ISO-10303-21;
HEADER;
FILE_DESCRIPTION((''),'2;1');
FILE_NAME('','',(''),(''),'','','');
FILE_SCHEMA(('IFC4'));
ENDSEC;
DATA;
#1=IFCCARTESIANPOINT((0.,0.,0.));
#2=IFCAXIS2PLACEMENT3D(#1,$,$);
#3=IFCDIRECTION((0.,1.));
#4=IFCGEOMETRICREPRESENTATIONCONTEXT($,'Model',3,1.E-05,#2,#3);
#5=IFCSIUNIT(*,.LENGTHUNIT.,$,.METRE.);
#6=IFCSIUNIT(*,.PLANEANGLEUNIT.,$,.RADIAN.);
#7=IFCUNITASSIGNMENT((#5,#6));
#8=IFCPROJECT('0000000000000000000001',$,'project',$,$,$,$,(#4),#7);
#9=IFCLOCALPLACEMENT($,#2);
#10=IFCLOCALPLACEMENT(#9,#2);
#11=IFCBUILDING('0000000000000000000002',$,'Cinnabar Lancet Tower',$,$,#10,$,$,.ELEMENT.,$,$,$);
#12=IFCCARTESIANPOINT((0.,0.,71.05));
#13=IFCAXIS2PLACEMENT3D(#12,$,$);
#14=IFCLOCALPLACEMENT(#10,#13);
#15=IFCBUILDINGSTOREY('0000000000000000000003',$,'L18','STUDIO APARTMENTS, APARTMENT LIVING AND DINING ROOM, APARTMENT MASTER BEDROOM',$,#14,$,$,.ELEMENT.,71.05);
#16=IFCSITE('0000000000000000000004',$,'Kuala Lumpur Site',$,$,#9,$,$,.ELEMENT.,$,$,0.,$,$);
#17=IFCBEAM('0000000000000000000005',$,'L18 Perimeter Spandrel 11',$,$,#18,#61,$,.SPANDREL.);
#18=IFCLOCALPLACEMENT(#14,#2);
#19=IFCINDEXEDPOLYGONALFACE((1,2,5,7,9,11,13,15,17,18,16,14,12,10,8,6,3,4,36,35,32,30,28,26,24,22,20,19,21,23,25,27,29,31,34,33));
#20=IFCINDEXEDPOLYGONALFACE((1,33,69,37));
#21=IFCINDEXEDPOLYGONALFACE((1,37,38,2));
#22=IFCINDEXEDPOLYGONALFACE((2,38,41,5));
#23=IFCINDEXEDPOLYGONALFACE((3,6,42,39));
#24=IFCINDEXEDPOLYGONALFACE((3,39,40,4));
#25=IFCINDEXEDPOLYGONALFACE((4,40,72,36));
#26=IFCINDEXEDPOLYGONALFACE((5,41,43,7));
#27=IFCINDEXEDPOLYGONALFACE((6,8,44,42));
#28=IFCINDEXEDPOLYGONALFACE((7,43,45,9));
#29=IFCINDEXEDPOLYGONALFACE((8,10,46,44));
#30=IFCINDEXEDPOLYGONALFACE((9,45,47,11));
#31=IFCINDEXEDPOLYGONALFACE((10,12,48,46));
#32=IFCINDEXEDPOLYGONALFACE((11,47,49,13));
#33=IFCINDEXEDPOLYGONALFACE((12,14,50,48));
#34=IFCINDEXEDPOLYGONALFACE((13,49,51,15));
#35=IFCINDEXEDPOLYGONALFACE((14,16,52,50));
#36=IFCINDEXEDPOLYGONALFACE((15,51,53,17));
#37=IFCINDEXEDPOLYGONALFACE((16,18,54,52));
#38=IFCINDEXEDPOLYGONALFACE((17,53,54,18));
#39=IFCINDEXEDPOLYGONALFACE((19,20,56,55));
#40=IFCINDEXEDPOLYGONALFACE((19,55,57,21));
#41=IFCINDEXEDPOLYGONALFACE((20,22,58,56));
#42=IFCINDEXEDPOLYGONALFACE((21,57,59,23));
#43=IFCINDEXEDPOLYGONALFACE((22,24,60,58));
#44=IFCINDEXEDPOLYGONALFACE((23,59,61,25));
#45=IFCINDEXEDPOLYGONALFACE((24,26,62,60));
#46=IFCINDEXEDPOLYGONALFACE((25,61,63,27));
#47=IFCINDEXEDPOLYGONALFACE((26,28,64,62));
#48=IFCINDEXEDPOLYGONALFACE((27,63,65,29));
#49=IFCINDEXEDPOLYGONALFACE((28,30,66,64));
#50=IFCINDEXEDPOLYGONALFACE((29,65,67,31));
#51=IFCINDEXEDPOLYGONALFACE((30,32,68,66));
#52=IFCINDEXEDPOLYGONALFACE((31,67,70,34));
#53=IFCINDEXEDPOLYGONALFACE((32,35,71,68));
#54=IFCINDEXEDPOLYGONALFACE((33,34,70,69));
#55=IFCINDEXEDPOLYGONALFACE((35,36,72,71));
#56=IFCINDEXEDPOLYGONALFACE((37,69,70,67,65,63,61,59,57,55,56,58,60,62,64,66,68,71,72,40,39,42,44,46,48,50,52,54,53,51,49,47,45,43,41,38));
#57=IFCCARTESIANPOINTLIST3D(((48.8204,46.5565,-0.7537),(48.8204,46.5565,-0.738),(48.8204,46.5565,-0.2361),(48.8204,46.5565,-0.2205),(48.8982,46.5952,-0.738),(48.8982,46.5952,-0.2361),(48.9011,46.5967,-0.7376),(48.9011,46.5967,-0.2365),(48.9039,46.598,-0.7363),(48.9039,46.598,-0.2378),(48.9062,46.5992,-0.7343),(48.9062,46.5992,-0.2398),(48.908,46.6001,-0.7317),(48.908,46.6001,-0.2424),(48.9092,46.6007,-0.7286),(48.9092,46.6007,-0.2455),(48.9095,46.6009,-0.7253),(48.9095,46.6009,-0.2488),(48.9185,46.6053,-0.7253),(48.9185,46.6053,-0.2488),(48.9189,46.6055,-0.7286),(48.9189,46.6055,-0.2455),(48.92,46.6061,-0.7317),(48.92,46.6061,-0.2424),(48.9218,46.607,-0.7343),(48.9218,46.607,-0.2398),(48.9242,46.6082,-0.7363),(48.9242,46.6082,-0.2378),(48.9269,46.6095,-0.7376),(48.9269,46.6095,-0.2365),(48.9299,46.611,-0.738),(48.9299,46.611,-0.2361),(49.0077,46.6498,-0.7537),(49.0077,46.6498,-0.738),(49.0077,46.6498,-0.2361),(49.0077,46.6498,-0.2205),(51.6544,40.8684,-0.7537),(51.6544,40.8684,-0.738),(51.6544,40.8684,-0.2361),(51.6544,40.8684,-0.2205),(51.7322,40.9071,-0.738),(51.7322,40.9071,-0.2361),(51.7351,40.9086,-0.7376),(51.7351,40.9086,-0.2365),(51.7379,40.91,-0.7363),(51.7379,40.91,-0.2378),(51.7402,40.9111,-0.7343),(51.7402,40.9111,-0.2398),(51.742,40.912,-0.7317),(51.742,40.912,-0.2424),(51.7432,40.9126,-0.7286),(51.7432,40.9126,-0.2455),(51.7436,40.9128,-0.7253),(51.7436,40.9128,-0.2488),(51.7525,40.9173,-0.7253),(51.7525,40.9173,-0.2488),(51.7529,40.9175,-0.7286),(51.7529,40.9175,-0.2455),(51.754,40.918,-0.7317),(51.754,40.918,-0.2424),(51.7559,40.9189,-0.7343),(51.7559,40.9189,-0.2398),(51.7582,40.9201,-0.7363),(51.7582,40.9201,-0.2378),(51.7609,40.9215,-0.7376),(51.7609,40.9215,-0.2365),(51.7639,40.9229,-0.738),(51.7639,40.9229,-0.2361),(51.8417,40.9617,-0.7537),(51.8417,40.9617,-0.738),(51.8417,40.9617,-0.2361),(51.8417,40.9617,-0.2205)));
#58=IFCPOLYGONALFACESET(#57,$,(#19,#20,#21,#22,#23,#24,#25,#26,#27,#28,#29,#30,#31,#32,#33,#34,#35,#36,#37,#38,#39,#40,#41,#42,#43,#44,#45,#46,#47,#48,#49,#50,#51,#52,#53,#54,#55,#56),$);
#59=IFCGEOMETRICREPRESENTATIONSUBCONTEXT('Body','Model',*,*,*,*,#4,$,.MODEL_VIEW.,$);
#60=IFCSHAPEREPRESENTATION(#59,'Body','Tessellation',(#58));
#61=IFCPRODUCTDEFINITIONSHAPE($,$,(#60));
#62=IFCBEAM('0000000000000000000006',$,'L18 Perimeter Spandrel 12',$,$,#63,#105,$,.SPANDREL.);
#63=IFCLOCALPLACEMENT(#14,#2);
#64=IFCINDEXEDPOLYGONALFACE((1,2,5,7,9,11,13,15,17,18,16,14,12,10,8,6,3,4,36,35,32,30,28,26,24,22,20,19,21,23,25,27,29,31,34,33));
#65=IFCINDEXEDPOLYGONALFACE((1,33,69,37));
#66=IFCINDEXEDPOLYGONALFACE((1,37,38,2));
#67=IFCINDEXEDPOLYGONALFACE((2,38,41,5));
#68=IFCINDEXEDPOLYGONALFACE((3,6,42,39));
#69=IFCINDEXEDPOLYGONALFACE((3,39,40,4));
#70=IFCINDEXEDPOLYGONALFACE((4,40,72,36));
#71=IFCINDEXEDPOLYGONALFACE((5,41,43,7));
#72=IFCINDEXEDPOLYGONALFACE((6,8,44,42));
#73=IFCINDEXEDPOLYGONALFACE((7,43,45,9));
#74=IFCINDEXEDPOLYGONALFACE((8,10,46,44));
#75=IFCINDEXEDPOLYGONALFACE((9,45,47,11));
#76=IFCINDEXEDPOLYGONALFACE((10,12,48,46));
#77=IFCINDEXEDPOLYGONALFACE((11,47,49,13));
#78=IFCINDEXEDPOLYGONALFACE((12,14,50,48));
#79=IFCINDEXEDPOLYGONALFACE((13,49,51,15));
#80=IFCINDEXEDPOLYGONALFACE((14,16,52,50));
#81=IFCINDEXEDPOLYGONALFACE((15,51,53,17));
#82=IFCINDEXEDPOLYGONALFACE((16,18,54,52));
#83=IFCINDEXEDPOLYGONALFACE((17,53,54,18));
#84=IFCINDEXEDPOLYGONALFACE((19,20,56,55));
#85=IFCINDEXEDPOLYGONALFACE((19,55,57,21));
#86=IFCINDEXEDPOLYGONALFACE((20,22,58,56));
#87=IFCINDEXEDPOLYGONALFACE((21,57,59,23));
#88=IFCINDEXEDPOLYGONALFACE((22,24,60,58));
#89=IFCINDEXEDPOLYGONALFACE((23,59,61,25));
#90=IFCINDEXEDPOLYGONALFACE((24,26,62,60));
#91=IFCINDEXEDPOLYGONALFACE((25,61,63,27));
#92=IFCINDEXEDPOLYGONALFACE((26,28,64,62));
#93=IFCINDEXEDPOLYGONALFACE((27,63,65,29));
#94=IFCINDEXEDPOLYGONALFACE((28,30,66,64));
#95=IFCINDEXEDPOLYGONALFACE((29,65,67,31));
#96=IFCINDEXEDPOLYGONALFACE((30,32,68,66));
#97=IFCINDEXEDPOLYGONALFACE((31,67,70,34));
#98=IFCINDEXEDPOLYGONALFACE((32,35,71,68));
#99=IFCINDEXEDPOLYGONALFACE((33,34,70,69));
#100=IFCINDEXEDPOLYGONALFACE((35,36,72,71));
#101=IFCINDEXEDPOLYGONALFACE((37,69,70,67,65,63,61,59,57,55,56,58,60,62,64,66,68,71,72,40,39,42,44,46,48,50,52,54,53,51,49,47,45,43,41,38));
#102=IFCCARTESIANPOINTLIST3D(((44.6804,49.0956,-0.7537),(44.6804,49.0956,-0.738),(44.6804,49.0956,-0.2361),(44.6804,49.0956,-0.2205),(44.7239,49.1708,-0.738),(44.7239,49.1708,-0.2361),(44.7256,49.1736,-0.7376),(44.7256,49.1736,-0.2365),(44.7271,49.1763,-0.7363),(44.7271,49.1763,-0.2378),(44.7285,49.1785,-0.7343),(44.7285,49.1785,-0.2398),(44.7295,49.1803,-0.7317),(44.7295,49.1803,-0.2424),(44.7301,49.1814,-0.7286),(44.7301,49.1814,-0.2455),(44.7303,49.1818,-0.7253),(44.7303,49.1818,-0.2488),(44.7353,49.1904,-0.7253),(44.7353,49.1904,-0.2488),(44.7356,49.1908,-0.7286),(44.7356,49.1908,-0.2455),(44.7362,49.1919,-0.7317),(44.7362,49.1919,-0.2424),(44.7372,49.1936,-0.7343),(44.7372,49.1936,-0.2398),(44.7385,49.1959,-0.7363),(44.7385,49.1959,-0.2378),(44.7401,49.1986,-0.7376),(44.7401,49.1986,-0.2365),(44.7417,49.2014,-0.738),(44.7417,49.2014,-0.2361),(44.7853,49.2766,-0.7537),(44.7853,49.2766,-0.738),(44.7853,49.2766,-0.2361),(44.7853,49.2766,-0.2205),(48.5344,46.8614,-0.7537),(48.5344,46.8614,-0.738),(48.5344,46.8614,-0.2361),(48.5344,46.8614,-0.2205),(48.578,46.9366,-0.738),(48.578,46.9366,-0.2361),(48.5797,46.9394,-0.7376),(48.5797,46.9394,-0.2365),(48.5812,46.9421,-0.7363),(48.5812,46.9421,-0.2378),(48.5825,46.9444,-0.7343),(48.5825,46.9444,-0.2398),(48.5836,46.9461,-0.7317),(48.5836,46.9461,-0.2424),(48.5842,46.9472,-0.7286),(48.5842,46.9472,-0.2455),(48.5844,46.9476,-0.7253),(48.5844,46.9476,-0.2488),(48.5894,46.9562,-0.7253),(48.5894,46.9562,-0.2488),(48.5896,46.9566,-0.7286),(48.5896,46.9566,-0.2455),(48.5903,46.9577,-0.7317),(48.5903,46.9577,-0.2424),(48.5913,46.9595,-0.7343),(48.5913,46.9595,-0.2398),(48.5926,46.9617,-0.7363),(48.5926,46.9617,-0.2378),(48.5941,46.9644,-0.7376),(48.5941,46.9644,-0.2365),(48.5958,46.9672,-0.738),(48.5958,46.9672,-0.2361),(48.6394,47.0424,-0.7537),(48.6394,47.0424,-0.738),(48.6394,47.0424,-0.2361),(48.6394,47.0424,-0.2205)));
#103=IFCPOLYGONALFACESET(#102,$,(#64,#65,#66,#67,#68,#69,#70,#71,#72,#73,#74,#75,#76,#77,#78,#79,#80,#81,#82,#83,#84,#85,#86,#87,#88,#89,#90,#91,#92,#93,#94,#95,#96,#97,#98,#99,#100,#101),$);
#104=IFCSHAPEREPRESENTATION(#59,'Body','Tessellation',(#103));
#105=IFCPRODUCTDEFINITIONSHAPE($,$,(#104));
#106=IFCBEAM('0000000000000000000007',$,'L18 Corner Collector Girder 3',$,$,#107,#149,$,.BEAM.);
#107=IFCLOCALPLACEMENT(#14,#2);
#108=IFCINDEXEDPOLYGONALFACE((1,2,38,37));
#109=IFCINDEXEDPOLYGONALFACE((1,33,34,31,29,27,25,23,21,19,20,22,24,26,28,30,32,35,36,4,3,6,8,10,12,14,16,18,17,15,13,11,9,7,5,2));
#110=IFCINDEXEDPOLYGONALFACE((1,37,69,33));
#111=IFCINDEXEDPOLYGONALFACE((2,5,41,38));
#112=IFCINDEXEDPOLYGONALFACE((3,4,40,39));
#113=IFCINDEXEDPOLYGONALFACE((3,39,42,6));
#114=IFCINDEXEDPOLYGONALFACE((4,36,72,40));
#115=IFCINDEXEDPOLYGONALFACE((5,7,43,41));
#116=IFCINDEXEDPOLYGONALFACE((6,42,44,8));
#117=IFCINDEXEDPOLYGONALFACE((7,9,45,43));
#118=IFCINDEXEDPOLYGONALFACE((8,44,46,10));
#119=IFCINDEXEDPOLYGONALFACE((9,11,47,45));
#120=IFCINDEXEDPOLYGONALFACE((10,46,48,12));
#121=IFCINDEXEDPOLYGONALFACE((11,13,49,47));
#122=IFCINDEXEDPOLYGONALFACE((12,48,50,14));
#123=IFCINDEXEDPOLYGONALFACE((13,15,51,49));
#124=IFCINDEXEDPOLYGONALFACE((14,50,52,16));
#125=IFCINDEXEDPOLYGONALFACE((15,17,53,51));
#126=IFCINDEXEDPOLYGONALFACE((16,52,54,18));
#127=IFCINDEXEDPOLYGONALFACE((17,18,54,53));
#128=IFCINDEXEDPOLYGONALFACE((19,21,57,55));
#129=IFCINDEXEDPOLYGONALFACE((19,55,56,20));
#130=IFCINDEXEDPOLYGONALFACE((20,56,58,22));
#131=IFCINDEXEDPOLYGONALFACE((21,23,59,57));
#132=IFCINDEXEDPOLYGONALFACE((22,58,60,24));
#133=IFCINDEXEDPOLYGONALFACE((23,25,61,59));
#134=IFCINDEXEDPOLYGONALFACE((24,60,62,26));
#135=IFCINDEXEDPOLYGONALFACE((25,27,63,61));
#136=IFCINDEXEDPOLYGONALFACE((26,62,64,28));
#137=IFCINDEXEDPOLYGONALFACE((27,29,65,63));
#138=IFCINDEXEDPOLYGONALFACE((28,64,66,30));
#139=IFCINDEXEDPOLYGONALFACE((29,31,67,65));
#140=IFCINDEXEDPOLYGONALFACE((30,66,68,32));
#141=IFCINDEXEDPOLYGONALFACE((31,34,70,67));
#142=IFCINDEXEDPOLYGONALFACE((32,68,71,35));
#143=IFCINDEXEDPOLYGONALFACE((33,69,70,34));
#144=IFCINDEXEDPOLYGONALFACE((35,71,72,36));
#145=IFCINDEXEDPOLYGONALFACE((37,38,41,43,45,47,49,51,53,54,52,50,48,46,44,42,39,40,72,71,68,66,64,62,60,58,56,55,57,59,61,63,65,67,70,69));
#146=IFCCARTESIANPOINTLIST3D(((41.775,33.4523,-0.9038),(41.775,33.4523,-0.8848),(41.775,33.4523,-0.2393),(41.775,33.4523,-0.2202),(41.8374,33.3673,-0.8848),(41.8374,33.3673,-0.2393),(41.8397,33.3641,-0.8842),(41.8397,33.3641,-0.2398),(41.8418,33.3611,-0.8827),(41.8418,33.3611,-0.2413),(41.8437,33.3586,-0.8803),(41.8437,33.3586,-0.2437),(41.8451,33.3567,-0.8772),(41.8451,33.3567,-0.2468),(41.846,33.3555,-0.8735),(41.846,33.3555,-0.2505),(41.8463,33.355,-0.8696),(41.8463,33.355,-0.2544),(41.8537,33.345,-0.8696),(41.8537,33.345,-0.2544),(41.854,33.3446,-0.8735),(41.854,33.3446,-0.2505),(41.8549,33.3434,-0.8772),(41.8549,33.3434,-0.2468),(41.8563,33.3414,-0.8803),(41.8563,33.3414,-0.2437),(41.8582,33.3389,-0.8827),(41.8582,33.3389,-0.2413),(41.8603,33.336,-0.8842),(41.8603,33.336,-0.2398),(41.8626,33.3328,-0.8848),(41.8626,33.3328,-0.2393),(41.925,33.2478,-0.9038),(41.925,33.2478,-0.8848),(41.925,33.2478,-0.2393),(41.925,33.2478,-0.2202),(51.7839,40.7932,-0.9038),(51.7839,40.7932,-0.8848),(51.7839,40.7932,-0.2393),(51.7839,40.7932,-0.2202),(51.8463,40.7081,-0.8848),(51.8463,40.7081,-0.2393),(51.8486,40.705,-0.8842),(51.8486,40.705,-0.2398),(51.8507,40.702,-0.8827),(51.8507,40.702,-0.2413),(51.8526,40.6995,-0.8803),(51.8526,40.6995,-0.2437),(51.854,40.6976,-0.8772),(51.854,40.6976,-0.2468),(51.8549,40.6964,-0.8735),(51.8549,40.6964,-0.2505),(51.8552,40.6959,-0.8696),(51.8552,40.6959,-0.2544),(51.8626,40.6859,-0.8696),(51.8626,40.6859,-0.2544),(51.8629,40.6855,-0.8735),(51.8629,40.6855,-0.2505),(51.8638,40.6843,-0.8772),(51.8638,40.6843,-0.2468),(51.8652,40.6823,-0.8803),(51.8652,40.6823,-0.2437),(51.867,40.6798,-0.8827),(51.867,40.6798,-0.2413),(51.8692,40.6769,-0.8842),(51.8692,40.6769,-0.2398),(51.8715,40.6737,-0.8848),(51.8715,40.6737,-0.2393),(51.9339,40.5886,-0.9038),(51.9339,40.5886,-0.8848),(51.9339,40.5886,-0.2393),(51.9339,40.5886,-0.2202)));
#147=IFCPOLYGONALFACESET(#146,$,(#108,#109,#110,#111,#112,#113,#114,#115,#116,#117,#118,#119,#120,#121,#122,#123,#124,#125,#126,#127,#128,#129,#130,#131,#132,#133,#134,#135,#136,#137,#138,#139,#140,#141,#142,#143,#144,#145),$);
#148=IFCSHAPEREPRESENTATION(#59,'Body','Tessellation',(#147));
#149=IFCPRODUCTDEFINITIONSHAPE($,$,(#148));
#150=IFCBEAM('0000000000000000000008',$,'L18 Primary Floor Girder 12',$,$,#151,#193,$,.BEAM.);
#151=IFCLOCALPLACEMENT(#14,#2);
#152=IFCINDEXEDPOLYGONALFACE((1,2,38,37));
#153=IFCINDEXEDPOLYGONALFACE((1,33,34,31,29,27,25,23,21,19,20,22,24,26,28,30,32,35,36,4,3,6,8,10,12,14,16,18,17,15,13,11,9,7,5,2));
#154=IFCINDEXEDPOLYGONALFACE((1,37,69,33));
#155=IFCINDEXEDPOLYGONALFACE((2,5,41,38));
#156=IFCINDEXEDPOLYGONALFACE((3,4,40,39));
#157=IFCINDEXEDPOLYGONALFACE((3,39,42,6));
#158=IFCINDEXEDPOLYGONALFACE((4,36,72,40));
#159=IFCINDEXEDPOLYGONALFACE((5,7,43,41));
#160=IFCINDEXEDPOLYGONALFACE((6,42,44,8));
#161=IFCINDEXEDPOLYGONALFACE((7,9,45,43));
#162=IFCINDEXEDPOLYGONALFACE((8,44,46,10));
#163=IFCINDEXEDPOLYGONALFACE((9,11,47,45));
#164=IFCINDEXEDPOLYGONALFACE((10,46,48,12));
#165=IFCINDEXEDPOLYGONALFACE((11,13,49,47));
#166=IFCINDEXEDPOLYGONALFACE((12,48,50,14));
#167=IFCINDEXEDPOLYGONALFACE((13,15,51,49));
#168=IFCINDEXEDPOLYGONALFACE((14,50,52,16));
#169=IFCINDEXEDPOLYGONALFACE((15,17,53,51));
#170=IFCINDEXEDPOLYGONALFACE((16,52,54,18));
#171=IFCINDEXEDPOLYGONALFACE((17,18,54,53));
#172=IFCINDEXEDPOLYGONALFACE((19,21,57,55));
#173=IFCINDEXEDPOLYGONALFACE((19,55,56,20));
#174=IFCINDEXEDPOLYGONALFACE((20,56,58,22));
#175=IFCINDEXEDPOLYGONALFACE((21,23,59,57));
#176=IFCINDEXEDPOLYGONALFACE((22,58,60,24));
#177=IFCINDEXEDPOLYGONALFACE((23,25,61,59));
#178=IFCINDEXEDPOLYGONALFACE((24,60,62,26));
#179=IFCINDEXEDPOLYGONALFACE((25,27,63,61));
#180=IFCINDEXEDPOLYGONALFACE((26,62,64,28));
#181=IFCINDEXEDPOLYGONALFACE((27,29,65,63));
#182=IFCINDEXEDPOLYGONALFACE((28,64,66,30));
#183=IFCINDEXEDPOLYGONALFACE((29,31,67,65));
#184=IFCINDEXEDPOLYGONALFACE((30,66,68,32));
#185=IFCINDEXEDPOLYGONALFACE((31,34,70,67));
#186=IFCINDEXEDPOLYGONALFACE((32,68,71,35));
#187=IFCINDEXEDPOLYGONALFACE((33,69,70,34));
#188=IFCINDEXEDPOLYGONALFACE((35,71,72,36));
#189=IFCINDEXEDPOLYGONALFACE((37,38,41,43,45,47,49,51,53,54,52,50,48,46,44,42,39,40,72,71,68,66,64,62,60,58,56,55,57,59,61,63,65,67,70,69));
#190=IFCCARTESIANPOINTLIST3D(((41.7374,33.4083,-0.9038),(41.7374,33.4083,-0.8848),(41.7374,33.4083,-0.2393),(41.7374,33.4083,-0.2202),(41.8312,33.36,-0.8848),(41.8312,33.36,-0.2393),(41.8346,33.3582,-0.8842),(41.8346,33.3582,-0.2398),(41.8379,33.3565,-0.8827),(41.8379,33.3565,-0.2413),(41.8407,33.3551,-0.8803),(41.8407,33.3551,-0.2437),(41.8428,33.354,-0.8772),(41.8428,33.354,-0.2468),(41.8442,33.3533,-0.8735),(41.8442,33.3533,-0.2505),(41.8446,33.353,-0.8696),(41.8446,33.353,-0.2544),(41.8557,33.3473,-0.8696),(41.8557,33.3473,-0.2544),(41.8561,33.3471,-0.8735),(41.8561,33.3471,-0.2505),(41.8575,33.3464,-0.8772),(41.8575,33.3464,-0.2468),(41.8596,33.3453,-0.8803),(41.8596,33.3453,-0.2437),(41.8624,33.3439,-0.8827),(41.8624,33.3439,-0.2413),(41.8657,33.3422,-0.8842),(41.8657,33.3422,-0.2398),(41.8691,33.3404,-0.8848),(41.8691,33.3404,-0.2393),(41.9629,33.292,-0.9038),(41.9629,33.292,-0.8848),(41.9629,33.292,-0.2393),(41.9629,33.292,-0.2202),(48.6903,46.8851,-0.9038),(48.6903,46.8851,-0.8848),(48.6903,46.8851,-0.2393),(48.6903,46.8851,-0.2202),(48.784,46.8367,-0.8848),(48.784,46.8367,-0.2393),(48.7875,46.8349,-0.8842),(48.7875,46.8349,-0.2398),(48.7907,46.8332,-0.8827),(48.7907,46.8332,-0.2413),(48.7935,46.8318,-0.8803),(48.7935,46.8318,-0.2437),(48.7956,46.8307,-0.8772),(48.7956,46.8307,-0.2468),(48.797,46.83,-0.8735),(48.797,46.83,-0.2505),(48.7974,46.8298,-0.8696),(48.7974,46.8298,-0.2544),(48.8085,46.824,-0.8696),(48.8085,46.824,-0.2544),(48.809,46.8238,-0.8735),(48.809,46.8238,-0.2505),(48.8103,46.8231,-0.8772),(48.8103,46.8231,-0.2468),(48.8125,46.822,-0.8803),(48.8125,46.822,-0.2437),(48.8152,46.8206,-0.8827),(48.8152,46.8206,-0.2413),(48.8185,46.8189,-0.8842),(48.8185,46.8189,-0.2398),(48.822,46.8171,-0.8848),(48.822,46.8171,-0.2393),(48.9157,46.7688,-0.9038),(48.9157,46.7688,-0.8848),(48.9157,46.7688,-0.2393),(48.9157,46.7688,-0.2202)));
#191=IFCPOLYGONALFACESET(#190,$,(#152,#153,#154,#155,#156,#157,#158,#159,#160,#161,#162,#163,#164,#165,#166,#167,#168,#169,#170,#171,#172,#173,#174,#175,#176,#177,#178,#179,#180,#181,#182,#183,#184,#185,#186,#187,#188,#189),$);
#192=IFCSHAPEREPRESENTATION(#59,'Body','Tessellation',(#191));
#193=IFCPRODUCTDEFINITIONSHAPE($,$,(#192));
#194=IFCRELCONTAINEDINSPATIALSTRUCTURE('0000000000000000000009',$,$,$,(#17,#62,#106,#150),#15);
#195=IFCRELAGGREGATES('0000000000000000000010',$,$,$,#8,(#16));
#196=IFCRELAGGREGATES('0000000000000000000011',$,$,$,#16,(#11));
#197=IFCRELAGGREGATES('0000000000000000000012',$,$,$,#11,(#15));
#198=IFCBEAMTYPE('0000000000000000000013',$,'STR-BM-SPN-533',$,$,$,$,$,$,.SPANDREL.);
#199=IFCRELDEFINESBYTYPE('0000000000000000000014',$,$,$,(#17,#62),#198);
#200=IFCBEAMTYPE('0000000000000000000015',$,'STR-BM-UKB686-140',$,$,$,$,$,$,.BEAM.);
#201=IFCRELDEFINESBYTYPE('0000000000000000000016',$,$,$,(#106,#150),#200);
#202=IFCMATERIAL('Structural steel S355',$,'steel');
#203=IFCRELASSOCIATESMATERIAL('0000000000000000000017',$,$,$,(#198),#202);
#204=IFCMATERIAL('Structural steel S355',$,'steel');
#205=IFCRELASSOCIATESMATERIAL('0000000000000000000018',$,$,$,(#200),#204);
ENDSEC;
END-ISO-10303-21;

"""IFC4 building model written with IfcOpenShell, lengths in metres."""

from ifc_helpers import new_model, si_unit, direction, frame, origin, origin_2d, place, context, subcontext, project, spatial, i_section, extrude, material, material_profile, profile_set, type_object, element, save


model = new_model("IFC4")

# Units and contexts
model_context = context("Model", 3, precision=1e-05, world=origin(), true_north=direction((0.0, 1.0)))
body_context = subcontext(model_context, "Body", "Model", "MODEL_VIEW")
ifc_project = project(units=[si_unit("LENGTHUNIT", "METRE"), si_unit("PLANEANGLEUNIT", "RADIAN")], contexts=[model_context])

# Site, building, storey
site_placement = place(None, origin())
site = spatial("IfcSite", under=ifc_project, at=site_placement, Name="Kuala Lumpur Site", CompositionType="ELEMENT", RefElevation=0.0)
building_placement = place(site_placement, origin())
building = spatial("IfcBuilding", under=site, at=building_placement, Name="Cinnabar Lancet Tower", CompositionType="ELEMENT")
storey_placement = place(building_placement, frame((0.0, 0.0, 71.05)))
storey = spatial("IfcBuildingStorey", under=building, at=storey_placement, Name="L18", Description="STUDIO APARTMENTS, APARTMENT LIVING AND DINING ROOM, APARTMENT MASTER BEDROOM", CompositionType="ELEMENT", Elevation=71.05)

# Beams
ifc_material_1 = material(Name="Structural steel S355", Category="steel")
ifc_material_profile_1 = material_profile(ifc_material_1, i_section(OverallWidth=0.2092, OverallDepth=0.5332, WebThickness=0.01, FlangeThickness=0.0156, FilletRadius=0.0127, at=origin_2d()), Name="UKB 533x210x92")
ifc_profile_set_1 = profile_set([ifc_material_profile_1], Name="Structural steel S355")
beam_type_1 = type_object("IfcBeamType", Name="STR-BM-SPN-533", PredefinedType="SPANDREL", material=ifc_profile_set_1)
beam_1_placement = place(storey_placement, frame((51.748, 40.915, -0.4871), z_axis=(-0.445953, 0.895056, 0.0), x_axis=(-0.895056, -0.445953, 0.0)))
element("IfcBeam", 1, at=beam_1_placement, inside=storey, type_object=beam_type_1, Name="L18 Perimeter Spandrel 11", PredefinedType="SPANDREL", context=body_context, shape_type="SweptSolid", body=[
    extrude(i_section(OverallWidth=0.2092, OverallDepth=0.5332, WebThickness=0.01, FlangeThickness=0.0156, FilletRadius=0.0127, at=origin_2d()), origin(), (0.0, 0.0, 1.0), 6.355),
])
beam_2_placement = place(storey_placement, frame((48.5869, 46.9519, -0.4871), z_axis=(-0.865147, 0.501518, 0.0), x_axis=(-0.501518, -0.865147, 0.0)))
element("IfcBeam", 2, at=beam_2_placement, inside=storey, type_object=beam_type_1, Name="L18 Perimeter Spandrel 12", PredefinedType="SPANDREL", context=body_context, shape_type="SweptSolid", body=[
    extrude(i_section(OverallWidth=0.2092, OverallDepth=0.5332, WebThickness=0.01, FlangeThickness=0.0156, FilletRadius=0.0127, at=origin_2d()), origin(), (0.0, 0.0, 1.0), 4.4548),
])
ifc_material_2 = material(Name="Structural steel S355", Category="steel")
ifc_material_profile_2 = material_profile(ifc_material_2, i_section(OverallWidth=0.2537, OverallDepth=0.6836, WebThickness=0.0125, FlangeThickness=0.019, FilletRadius=0.0151, at=origin_2d()), Name="UKB 686x254x140")
ifc_profile_set_2 = profile_set([ifc_material_profile_2], Name="Structural steel S355")
beam_type_2 = type_object("IfcBeamType", Name="STR-BM-UKB686-140", PredefinedType="BEAM", material=ifc_profile_set_2)
beam_3_placement = place(storey_placement, frame((51.8589, 40.6909, -0.562), z_axis=(-0.806365, -0.591418, 0.0), x_axis=(0.591418, -0.806365, 0.0)))
element("IfcBeam", 3, at=beam_3_placement, inside=storey, type_object=beam_type_2, Name="L18 Corner Collector Girder 3", PredefinedType="BEAM", context=body_context, shape_type="SweptSolid", body=[
    extrude(i_section(OverallWidth=0.2537, OverallDepth=0.6836, WebThickness=0.0125, FlangeThickness=0.019, FilletRadius=0.0151, at=origin_2d()), origin(), (0.0, 0.0, 1.0), 12.4124),
])
beam_4_placement = place(storey_placement, frame((48.803, 46.8269, -0.562), z_axis=(-0.458492, -0.888698, 0.0), x_axis=(0.888698, -0.458492, 0.0)))
element("IfcBeam", 4, at=beam_4_placement, inside=storey, type_object=beam_type_2, Name="L18 Primary Floor Girder 12", PredefinedType="BEAM", context=body_context, shape_type="SweptSolid", body=[
    extrude(i_section(OverallWidth=0.2537, OverallDepth=0.6836, WebThickness=0.0125, FlangeThickness=0.019, FilletRadius=0.0151, at=origin_2d()), origin(), (0.0, 0.0, 1.0), 15.1646),
])

save(model, "model.ifc")
